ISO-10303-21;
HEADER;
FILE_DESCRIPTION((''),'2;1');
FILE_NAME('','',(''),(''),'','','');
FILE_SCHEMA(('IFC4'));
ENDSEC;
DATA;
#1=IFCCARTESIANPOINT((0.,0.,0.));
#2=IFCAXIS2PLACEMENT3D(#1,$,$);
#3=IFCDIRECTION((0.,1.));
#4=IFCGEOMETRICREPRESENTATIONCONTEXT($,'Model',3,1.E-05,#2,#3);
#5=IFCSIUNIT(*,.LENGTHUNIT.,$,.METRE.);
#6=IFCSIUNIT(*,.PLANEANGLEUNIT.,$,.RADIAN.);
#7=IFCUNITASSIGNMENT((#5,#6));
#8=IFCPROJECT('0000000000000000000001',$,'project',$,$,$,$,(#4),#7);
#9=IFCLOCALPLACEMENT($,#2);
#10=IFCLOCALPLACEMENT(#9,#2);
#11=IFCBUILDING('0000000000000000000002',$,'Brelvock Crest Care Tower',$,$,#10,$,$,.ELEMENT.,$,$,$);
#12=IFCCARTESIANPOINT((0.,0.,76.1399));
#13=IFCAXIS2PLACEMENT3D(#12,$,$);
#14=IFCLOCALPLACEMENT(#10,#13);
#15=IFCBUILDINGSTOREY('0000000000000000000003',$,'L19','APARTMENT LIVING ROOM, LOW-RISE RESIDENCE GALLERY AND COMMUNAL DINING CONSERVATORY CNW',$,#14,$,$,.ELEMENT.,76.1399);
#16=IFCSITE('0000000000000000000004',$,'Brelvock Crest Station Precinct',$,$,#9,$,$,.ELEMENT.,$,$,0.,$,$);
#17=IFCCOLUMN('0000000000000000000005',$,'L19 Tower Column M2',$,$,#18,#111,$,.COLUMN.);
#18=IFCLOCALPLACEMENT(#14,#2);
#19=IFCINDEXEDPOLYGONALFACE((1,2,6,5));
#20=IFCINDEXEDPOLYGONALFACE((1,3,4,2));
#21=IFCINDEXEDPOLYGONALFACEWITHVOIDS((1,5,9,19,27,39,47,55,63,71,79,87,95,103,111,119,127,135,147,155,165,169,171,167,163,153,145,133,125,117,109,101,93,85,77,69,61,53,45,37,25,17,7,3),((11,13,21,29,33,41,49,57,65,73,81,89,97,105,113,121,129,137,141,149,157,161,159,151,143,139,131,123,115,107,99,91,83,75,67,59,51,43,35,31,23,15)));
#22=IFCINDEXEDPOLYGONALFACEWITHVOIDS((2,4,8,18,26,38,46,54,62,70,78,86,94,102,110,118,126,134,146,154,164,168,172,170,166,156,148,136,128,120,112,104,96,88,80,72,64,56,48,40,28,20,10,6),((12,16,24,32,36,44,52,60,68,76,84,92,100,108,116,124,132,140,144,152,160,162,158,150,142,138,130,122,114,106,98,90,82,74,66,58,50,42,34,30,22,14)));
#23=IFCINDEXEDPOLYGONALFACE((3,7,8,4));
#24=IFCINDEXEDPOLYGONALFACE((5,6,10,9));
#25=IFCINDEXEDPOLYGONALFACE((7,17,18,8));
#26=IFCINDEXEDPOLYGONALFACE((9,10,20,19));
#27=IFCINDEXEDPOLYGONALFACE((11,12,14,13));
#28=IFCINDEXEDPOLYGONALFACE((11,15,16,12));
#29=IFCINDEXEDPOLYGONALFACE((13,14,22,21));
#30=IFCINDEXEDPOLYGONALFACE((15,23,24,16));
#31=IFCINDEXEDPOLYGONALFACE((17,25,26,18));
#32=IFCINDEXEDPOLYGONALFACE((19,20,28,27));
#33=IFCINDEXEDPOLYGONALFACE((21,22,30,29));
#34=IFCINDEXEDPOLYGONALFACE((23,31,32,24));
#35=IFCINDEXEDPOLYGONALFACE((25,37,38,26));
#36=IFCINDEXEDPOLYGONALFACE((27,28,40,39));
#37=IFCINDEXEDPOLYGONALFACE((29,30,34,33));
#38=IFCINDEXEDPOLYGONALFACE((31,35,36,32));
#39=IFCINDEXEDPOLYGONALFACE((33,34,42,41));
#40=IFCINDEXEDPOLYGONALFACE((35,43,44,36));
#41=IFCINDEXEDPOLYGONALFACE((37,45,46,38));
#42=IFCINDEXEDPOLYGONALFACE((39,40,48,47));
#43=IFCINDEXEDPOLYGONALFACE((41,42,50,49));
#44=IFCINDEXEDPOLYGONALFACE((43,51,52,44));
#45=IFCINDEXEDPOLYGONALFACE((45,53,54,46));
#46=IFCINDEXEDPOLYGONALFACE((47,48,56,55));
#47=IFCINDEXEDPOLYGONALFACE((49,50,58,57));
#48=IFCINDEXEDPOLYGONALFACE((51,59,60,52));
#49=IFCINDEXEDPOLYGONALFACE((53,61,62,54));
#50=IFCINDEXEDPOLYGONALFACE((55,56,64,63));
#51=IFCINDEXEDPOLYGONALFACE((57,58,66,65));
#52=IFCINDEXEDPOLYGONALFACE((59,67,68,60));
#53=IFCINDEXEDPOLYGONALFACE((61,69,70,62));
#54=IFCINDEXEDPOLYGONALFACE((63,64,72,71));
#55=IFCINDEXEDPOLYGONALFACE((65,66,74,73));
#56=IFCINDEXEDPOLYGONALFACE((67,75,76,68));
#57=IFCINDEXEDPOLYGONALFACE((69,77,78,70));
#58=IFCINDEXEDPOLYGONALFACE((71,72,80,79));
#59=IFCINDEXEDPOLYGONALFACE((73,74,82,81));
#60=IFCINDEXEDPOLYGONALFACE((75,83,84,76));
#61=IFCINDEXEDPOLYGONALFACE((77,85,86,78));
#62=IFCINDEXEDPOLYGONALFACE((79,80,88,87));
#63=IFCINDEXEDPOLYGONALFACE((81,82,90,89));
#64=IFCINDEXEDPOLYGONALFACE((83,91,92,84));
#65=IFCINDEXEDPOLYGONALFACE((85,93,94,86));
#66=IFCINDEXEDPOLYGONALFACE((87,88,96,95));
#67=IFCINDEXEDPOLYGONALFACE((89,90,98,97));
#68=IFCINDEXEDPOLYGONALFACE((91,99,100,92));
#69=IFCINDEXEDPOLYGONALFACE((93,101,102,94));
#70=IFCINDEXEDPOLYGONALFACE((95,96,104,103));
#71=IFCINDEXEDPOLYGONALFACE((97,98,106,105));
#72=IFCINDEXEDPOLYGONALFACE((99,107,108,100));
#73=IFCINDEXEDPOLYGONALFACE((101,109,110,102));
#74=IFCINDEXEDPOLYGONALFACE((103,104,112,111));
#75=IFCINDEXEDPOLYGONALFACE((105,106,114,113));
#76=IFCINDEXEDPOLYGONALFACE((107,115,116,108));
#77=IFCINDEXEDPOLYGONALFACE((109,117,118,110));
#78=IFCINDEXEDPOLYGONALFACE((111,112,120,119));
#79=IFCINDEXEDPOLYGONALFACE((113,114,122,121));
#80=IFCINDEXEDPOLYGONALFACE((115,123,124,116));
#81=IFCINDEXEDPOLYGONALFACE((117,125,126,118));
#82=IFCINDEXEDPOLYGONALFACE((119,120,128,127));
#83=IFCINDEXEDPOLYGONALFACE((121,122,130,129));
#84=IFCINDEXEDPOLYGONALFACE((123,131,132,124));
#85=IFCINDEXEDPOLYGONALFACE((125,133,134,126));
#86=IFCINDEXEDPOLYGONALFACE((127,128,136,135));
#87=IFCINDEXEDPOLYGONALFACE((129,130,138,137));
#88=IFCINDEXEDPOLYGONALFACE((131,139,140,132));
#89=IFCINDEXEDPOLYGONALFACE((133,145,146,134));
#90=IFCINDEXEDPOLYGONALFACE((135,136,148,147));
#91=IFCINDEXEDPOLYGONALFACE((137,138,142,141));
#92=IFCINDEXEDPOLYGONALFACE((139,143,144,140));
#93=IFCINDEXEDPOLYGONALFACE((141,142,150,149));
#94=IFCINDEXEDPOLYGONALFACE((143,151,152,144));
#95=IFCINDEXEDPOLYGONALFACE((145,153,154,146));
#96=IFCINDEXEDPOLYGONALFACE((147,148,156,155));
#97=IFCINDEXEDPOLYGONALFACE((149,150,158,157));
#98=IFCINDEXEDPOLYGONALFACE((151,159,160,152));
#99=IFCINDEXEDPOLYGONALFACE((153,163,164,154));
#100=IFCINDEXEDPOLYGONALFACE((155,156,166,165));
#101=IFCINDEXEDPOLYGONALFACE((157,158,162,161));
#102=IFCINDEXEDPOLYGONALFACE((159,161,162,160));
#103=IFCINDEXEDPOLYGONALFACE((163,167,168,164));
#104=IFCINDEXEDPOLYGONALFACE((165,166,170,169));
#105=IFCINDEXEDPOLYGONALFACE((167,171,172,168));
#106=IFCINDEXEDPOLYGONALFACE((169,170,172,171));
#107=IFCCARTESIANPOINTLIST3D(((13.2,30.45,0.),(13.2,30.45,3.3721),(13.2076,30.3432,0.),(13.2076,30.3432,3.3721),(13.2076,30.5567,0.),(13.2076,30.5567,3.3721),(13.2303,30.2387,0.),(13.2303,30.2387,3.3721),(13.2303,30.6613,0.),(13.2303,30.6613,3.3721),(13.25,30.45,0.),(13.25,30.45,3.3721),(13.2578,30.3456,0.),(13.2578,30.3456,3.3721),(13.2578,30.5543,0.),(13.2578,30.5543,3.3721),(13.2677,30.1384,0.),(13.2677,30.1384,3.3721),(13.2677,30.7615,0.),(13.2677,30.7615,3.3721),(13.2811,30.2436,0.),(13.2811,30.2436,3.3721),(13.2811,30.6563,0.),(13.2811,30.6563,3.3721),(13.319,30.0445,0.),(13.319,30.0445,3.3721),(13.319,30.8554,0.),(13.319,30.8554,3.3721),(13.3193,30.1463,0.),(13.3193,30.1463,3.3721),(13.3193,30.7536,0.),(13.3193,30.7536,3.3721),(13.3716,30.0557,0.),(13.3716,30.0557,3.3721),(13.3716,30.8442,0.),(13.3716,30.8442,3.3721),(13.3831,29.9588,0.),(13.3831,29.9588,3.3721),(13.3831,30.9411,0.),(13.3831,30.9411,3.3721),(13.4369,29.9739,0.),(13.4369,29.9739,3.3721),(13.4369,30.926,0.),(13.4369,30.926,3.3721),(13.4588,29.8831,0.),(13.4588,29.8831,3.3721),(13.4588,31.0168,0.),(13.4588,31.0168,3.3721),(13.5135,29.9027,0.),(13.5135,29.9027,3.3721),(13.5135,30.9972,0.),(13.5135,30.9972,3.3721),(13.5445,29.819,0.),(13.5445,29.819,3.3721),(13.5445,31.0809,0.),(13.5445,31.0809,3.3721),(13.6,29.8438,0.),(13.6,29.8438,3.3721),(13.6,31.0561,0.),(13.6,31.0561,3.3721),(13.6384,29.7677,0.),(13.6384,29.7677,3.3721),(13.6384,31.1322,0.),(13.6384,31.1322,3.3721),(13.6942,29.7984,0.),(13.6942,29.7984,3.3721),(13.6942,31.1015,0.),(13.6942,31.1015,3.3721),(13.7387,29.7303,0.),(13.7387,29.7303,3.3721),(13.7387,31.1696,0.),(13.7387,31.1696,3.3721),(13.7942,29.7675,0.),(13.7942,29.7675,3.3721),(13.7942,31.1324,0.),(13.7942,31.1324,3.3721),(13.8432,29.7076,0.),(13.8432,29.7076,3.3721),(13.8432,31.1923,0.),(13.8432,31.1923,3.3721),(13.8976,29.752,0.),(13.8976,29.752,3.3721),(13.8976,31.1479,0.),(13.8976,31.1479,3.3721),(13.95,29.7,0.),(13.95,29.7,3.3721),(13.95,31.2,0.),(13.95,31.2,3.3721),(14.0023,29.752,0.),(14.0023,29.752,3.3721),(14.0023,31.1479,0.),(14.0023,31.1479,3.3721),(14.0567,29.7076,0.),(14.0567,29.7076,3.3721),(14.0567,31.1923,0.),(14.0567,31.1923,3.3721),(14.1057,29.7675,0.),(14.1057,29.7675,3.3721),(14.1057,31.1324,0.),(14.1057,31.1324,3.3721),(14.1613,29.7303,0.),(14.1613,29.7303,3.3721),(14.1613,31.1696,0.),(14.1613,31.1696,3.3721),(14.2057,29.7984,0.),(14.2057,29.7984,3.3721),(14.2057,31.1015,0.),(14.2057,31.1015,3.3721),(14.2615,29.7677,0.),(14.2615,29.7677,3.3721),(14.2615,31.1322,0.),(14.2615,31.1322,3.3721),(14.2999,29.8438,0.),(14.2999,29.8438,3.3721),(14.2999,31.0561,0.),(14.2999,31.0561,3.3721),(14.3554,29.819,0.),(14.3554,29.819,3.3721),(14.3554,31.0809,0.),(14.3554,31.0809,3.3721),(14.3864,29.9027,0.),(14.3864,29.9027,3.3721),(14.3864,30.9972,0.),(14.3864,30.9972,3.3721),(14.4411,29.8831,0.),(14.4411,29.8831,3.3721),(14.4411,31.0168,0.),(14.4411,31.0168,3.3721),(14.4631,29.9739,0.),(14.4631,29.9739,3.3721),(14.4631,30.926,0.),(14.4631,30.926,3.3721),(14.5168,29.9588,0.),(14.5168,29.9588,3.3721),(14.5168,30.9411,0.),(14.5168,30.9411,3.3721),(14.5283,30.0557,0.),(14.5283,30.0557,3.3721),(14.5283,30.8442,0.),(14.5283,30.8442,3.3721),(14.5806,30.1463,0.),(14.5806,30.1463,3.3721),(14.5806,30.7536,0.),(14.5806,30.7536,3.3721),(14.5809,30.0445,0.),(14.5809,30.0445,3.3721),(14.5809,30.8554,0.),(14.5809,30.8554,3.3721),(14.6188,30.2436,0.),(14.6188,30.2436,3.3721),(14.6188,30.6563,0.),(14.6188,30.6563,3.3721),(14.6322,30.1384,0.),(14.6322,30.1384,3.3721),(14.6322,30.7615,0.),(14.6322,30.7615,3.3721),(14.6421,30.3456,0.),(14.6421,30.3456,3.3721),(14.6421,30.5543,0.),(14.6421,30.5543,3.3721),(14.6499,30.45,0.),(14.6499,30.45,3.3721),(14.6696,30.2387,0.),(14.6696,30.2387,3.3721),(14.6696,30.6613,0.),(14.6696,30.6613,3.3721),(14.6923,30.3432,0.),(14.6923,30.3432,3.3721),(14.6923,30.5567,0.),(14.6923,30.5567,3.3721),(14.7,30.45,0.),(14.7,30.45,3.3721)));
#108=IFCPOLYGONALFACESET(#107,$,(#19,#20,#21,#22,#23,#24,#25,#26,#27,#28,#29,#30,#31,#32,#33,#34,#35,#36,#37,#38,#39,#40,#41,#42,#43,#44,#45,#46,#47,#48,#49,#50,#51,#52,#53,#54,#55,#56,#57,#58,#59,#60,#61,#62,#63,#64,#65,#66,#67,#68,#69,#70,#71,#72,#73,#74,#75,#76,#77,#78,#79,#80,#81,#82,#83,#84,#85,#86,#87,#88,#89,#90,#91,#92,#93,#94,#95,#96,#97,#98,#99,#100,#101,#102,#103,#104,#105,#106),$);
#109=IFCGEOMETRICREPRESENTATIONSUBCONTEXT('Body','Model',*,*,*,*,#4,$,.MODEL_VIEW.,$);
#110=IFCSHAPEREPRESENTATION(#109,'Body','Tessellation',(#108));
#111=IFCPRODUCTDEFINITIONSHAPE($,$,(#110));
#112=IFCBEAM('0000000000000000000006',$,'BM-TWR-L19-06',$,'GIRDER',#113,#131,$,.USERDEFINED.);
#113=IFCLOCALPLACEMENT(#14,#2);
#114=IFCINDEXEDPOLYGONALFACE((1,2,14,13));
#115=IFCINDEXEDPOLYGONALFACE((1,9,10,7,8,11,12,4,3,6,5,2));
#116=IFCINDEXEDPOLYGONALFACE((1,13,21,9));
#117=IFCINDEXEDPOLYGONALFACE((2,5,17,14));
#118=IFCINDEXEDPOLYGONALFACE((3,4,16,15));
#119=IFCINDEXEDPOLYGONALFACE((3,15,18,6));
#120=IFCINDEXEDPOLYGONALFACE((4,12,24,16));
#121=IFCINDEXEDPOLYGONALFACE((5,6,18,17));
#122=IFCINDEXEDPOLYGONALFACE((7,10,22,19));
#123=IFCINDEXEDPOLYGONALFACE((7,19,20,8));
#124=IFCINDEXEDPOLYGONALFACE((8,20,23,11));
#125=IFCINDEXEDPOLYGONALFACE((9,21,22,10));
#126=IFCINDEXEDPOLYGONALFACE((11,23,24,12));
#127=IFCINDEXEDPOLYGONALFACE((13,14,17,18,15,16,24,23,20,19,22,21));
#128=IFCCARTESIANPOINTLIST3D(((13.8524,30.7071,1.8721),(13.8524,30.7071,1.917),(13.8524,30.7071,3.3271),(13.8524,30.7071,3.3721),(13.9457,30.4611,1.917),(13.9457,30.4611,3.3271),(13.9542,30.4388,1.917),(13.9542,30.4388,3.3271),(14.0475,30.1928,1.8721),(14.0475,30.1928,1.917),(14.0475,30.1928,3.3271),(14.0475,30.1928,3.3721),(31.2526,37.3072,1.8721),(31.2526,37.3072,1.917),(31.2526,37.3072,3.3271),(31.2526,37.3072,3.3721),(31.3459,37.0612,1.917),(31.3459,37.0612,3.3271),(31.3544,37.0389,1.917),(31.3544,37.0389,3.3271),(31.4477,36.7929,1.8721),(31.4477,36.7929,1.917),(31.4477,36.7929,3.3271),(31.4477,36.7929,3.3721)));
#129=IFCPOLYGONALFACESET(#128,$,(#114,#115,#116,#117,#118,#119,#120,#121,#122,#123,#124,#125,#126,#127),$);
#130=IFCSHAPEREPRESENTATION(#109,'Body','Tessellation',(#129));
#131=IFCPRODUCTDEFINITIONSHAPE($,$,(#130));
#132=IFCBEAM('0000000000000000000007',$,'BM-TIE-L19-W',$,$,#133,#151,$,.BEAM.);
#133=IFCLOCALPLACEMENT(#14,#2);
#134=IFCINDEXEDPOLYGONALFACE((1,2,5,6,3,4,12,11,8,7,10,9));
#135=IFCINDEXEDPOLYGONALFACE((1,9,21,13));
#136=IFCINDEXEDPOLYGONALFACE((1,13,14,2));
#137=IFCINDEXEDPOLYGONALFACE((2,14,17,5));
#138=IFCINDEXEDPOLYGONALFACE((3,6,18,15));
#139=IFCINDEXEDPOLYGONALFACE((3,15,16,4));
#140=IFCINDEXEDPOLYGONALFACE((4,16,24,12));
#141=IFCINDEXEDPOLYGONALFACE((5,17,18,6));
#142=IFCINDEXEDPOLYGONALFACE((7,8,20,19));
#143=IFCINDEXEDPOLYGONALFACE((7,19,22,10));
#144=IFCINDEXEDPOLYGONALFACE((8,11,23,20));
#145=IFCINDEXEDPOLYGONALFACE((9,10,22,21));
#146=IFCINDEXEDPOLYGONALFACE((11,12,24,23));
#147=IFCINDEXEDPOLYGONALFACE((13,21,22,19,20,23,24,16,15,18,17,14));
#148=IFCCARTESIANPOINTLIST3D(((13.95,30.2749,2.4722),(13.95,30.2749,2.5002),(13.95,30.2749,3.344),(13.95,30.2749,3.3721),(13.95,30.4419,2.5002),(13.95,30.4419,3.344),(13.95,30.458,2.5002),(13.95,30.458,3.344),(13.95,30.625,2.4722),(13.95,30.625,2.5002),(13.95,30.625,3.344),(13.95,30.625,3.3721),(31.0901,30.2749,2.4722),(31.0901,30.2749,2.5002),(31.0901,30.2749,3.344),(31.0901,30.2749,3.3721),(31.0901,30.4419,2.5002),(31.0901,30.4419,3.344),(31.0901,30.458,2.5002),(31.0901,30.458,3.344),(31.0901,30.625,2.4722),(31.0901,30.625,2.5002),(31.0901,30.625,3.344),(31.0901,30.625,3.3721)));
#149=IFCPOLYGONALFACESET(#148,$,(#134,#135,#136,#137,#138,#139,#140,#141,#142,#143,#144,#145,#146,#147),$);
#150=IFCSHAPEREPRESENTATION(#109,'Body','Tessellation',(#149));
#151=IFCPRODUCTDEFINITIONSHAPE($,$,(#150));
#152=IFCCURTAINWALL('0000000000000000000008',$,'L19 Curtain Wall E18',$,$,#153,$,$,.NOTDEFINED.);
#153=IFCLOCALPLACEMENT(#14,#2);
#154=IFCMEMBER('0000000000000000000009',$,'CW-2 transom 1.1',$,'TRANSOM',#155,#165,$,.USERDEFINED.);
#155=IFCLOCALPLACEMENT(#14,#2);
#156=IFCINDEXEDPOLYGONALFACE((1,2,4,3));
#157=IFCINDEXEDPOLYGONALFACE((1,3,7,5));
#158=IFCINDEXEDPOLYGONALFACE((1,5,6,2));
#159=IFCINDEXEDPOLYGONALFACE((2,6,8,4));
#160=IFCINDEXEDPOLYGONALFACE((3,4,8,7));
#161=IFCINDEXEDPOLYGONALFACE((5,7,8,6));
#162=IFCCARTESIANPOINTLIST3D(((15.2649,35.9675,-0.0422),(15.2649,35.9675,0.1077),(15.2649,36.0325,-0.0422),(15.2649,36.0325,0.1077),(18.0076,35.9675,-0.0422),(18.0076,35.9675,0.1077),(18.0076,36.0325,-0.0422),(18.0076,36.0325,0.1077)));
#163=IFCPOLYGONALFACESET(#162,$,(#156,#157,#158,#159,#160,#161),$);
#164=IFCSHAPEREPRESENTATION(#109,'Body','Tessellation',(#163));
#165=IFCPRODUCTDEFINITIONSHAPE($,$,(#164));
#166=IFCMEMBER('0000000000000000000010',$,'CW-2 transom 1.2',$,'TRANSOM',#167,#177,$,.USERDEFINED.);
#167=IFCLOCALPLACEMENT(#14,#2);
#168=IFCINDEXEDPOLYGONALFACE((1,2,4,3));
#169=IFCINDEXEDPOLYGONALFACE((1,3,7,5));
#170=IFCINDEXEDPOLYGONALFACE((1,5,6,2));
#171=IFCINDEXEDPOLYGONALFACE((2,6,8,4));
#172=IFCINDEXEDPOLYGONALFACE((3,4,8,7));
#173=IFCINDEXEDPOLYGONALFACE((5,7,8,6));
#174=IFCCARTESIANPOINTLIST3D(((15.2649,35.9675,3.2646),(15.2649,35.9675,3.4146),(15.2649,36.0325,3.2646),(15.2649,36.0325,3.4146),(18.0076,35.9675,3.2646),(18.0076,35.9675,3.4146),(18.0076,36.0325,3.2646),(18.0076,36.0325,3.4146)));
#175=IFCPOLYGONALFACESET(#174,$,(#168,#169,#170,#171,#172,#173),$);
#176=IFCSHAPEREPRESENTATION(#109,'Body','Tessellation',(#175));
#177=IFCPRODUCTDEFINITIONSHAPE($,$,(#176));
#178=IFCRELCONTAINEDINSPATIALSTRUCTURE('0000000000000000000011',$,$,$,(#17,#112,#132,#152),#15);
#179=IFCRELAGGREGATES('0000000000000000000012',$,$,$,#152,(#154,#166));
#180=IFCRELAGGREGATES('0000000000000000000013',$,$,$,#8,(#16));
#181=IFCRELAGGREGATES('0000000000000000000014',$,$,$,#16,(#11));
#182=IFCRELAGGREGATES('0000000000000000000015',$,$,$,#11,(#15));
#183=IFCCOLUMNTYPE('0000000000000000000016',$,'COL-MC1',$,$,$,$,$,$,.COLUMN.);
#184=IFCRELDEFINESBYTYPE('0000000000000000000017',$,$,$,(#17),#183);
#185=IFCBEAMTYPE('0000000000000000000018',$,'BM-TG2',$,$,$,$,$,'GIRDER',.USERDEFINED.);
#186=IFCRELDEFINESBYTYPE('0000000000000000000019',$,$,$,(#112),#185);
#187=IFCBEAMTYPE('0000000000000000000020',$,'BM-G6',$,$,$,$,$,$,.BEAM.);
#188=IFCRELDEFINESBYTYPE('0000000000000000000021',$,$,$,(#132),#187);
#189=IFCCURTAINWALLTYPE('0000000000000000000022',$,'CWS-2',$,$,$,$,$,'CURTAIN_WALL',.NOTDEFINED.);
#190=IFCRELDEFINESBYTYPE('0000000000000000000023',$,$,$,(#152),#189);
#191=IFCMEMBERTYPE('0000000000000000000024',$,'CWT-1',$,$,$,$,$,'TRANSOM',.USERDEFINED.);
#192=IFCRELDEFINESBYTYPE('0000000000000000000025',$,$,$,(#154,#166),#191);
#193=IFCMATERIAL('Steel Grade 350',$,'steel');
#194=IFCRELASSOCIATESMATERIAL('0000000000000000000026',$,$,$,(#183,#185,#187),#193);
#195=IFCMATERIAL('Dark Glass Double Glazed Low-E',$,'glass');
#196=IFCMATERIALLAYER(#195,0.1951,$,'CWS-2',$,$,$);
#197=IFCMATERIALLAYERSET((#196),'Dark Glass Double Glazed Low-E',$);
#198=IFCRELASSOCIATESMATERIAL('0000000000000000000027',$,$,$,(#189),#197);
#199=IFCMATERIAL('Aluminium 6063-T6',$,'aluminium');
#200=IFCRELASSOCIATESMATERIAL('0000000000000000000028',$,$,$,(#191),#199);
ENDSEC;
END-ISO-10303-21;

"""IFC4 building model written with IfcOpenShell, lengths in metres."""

from ifc_helpers import new_model, si_unit, direction, frame, origin, origin_2d, place, context, subcontext, project, spatial, rectangle, hollow_circle, i_section, extrude, source, transform, mapped, material, layer, layer_set, material_profile, profile_set, type_object, element, aggregate, save


model = new_model("IFC4")

# Units and contexts
model_context = context("Model", 3, precision=1e-05, world=origin(), true_north=direction((0.0, 1.0)))
body_context = subcontext(model_context, "Body", "Model", "MODEL_VIEW")
ifc_project = project(units=[si_unit("LENGTHUNIT", "METRE"), si_unit("PLANEANGLEUNIT", "RADIAN")], contexts=[model_context])

# Site, building, storey
site_placement = place(None, origin())
site = spatial("IfcSite", under=ifc_project, at=site_placement, Name="Brelvock Crest Station Precinct", CompositionType="ELEMENT", RefElevation=0.0)
building_placement = place(site_placement, origin())
building = spatial("IfcBuilding", under=site, at=building_placement, Name="Brelvock Crest Care Tower", CompositionType="ELEMENT")
storey_placement = place(building_placement, frame((0.0, 0.0, 76.1399)))
storey = spatial("IfcBuildingStorey", under=building, at=storey_placement, Name="L19", Description="APARTMENT LIVING ROOM, LOW-RISE RESIDENCE GALLERY AND COMMUNAL DINING CONSERVATORY CNW", CompositionType="ELEMENT", Elevation=76.1399)

# Column
ifc_material_1 = material(Name="Steel Grade 350", Category="steel")
ifc_material_profile_1 = material_profile(ifc_material_1, hollow_circle(Radius=0.75, WallThickness=0.05, at=origin_2d()), Name="CFT1500x50")
ifc_profile_set_1 = profile_set([ifc_material_profile_1], Name="Steel Grade 350")
column_type = type_object("IfcColumnType", Name="COL-MC1", PredefinedType="COLUMN", material=ifc_profile_set_1)
shared_shape_1 = source(origin(), body_context, "Body", "SweptSolid", [
    extrude(hollow_circle(Radius=0.75, WallThickness=0.05, at=origin_2d()), origin(), (0.0, 0.0, 1.0), 3.3721),
])
column_placement = place(storey_placement, frame((13.95, 30.45, 0.0), z_axis=(0.0, 0.0, 1.0), x_axis=(1.0, 0.0, 0.0)))
element("IfcColumn", 1, at=column_placement, inside=storey, type_object=column_type, Name="L19 Tower Column M2", PredefinedType="COLUMN", context=body_context, shape_type="MappedRepresentation", body=[
    mapped(shared_shape_1, transform((0.0, 0.0, 0.0), x_axis=(1.0, 0.0, 0.0), y_axis=(0.0, 1.0, 0.0), z_axis=(0.0, 0.0, 1.0), scale=1.0)),
])

# Beams
ifc_material_profile_2 = material_profile(ifc_material_1, i_section(OverallWidth=0.55, OverallDepth=1.5, WebThickness=0.0239, FlangeThickness=0.0449, at=origin_2d()), Name="1500TG580")
ifc_profile_set_2 = profile_set([ifc_material_profile_2], Name="Steel Grade 350")
beam_type_1 = type_object("IfcBeamType", Name="BM-TG2", ElementType="GIRDER", PredefinedType="USERDEFINED", material=ifc_profile_set_2)
shared_shape_2 = source(origin(), body_context, "Body", "SweptSolid", [
    extrude(i_section(OverallWidth=0.55, OverallDepth=1.5, WebThickness=0.0239, FlangeThickness=0.0449, at=origin_2d()), origin(), (0.0, 0.0, 1.0), 18.6099),
])
beam_1_placement = place(storey_placement, frame((13.95, 30.45, 2.6221), z_axis=(0.934997, 0.354656, 0.0), x_axis=(-0.354656, 0.934997, 0.0)))
element("IfcBeam", 2, at=beam_1_placement, inside=storey, type_object=beam_type_1, Name="BM-TWR-L19-06", ObjectType="GIRDER", PredefinedType="USERDEFINED", context=body_context, shape_type="MappedRepresentation", body=[
    mapped(shared_shape_2, transform((0.0, 0.0, 0.0), x_axis=(1.0, 0.0, 0.0), y_axis=(0.0, 1.0, 0.0), z_axis=(0.0, 0.0, 1.0), scale=1.0)),
])
ifc_material_profile_3 = material_profile(ifc_material_1, i_section(OverallWidth=0.3501, OverallDepth=0.8999, WebThickness=0.0161, FlangeThickness=0.0281, at=origin_2d()), Name="900WB257")
ifc_profile_set_3 = profile_set([ifc_material_profile_3], Name="Steel Grade 350")
beam_type_2 = type_object("IfcBeamType", Name="BM-G6", PredefinedType="BEAM", material=ifc_profile_set_3)
shared_shape_3 = source(origin(), body_context, "Body", "SweptSolid", [
    extrude(i_section(OverallWidth=0.3501, OverallDepth=0.8999, WebThickness=0.0161, FlangeThickness=0.0281, at=origin_2d()), origin(), (0.0, 0.0, 1.0), 17.1401),
])
beam_2_placement = place(storey_placement, frame((13.95, 30.45, 2.9221), z_axis=(1.0, 0.0, 0.0), x_axis=(0.0, 1.0, 0.0)))
element("IfcBeam", 3, at=beam_2_placement, inside=storey, type_object=beam_type_2, Name="BM-TIE-L19-W", PredefinedType="BEAM", context=body_context, shape_type="MappedRepresentation", body=[
    mapped(shared_shape_3, transform((0.0, 0.0, 0.0), x_axis=(1.0, 0.0, 0.0), y_axis=(0.0, 1.0, 0.0), z_axis=(0.0, 0.0, 1.0), scale=1.0)),
])

# Curtain wall, members
ifc_material_2 = material(Name="Dark Glass Double Glazed Low-E", Category="glass")
ifc_layer_1 = layer(ifc_material_2, 0.1951, Name="CWS-2")
ifc_layer_set_1 = layer_set([ifc_layer_1], Name="Dark Glass Double Glazed Low-E")
curtain_wall_type = type_object("IfcCurtainWallType", Name="CWS-2", ElementType="CURTAIN_WALL", PredefinedType="NOTDEFINED", material=ifc_layer_set_1)
curtain_wall_1_placement = place(storey_placement, origin())
curtain_wall_1 = element("IfcCurtainWall", 4, at=curtain_wall_1_placement, inside=storey, type_object=curtain_wall_type, Name="L19 Curtain Wall E18", PredefinedType="NOTDEFINED")
ifc_material_3 = material(Name="Aluminium 6063-T6", Category="aluminium")
ifc_material_profile_4 = material_profile(ifc_material_3, rectangle(XDim=0.0649, YDim=0.1499, at=origin_2d()), Name="ALU65x150")
ifc_profile_set_4 = profile_set([ifc_material_profile_4], Name="Aluminium 6063-T6")
member_type_1 = type_object("IfcMemberType", Name="CWT-1", ElementType="TRANSOM", PredefinedType="USERDEFINED", material=ifc_profile_set_4)
shared_shape_4 = source(origin(), body_context, "Body", "SweptSolid", [
    extrude(rectangle(XDim=0.0649, YDim=0.1499, at=origin_2d()), origin(), (0.0, 0.0, 1.0), 2.7427),
])
member_1_placement = place(storey_placement, frame((15.2649, 36.0, 0.0327), z_axis=(1.0, 0.0, 0.0), x_axis=(0.0, 1.0, 0.0)))
member_1 = element("IfcMember", 5, at=member_1_placement, type_object=member_type_1, Name="CW-2 transom 1.1", ObjectType="TRANSOM", PredefinedType="USERDEFINED", context=body_context, shape_type="MappedRepresentation", body=[
    mapped(shared_shape_4, transform((0.0, 0.0, 0.0), x_axis=(1.0, 0.0, 0.0), y_axis=(0.0, 1.0, 0.0), z_axis=(0.0, 0.0, 1.0), scale=1.0)),
])
member_2_placement = place(storey_placement, frame((15.2649, 36.0, 3.3396), z_axis=(1.0, 0.0, 0.0), x_axis=(0.0, 1.0, 0.0)))
member_2 = element("IfcMember", 6, at=member_2_placement, type_object=member_type_1, Name="CW-2 transom 1.2", ObjectType="TRANSOM", PredefinedType="USERDEFINED", context=body_context, shape_type="MappedRepresentation", body=[
    mapped(shared_shape_4, transform((0.0, 0.0, 0.0), x_axis=(1.0, 0.0, 0.0), y_axis=(0.0, 1.0, 0.0), z_axis=(0.0, 0.0, 1.0), scale=1.0)),
])

aggregate(curtain_wall_1, [member_1, member_2])

save(model, "model.ifc")
